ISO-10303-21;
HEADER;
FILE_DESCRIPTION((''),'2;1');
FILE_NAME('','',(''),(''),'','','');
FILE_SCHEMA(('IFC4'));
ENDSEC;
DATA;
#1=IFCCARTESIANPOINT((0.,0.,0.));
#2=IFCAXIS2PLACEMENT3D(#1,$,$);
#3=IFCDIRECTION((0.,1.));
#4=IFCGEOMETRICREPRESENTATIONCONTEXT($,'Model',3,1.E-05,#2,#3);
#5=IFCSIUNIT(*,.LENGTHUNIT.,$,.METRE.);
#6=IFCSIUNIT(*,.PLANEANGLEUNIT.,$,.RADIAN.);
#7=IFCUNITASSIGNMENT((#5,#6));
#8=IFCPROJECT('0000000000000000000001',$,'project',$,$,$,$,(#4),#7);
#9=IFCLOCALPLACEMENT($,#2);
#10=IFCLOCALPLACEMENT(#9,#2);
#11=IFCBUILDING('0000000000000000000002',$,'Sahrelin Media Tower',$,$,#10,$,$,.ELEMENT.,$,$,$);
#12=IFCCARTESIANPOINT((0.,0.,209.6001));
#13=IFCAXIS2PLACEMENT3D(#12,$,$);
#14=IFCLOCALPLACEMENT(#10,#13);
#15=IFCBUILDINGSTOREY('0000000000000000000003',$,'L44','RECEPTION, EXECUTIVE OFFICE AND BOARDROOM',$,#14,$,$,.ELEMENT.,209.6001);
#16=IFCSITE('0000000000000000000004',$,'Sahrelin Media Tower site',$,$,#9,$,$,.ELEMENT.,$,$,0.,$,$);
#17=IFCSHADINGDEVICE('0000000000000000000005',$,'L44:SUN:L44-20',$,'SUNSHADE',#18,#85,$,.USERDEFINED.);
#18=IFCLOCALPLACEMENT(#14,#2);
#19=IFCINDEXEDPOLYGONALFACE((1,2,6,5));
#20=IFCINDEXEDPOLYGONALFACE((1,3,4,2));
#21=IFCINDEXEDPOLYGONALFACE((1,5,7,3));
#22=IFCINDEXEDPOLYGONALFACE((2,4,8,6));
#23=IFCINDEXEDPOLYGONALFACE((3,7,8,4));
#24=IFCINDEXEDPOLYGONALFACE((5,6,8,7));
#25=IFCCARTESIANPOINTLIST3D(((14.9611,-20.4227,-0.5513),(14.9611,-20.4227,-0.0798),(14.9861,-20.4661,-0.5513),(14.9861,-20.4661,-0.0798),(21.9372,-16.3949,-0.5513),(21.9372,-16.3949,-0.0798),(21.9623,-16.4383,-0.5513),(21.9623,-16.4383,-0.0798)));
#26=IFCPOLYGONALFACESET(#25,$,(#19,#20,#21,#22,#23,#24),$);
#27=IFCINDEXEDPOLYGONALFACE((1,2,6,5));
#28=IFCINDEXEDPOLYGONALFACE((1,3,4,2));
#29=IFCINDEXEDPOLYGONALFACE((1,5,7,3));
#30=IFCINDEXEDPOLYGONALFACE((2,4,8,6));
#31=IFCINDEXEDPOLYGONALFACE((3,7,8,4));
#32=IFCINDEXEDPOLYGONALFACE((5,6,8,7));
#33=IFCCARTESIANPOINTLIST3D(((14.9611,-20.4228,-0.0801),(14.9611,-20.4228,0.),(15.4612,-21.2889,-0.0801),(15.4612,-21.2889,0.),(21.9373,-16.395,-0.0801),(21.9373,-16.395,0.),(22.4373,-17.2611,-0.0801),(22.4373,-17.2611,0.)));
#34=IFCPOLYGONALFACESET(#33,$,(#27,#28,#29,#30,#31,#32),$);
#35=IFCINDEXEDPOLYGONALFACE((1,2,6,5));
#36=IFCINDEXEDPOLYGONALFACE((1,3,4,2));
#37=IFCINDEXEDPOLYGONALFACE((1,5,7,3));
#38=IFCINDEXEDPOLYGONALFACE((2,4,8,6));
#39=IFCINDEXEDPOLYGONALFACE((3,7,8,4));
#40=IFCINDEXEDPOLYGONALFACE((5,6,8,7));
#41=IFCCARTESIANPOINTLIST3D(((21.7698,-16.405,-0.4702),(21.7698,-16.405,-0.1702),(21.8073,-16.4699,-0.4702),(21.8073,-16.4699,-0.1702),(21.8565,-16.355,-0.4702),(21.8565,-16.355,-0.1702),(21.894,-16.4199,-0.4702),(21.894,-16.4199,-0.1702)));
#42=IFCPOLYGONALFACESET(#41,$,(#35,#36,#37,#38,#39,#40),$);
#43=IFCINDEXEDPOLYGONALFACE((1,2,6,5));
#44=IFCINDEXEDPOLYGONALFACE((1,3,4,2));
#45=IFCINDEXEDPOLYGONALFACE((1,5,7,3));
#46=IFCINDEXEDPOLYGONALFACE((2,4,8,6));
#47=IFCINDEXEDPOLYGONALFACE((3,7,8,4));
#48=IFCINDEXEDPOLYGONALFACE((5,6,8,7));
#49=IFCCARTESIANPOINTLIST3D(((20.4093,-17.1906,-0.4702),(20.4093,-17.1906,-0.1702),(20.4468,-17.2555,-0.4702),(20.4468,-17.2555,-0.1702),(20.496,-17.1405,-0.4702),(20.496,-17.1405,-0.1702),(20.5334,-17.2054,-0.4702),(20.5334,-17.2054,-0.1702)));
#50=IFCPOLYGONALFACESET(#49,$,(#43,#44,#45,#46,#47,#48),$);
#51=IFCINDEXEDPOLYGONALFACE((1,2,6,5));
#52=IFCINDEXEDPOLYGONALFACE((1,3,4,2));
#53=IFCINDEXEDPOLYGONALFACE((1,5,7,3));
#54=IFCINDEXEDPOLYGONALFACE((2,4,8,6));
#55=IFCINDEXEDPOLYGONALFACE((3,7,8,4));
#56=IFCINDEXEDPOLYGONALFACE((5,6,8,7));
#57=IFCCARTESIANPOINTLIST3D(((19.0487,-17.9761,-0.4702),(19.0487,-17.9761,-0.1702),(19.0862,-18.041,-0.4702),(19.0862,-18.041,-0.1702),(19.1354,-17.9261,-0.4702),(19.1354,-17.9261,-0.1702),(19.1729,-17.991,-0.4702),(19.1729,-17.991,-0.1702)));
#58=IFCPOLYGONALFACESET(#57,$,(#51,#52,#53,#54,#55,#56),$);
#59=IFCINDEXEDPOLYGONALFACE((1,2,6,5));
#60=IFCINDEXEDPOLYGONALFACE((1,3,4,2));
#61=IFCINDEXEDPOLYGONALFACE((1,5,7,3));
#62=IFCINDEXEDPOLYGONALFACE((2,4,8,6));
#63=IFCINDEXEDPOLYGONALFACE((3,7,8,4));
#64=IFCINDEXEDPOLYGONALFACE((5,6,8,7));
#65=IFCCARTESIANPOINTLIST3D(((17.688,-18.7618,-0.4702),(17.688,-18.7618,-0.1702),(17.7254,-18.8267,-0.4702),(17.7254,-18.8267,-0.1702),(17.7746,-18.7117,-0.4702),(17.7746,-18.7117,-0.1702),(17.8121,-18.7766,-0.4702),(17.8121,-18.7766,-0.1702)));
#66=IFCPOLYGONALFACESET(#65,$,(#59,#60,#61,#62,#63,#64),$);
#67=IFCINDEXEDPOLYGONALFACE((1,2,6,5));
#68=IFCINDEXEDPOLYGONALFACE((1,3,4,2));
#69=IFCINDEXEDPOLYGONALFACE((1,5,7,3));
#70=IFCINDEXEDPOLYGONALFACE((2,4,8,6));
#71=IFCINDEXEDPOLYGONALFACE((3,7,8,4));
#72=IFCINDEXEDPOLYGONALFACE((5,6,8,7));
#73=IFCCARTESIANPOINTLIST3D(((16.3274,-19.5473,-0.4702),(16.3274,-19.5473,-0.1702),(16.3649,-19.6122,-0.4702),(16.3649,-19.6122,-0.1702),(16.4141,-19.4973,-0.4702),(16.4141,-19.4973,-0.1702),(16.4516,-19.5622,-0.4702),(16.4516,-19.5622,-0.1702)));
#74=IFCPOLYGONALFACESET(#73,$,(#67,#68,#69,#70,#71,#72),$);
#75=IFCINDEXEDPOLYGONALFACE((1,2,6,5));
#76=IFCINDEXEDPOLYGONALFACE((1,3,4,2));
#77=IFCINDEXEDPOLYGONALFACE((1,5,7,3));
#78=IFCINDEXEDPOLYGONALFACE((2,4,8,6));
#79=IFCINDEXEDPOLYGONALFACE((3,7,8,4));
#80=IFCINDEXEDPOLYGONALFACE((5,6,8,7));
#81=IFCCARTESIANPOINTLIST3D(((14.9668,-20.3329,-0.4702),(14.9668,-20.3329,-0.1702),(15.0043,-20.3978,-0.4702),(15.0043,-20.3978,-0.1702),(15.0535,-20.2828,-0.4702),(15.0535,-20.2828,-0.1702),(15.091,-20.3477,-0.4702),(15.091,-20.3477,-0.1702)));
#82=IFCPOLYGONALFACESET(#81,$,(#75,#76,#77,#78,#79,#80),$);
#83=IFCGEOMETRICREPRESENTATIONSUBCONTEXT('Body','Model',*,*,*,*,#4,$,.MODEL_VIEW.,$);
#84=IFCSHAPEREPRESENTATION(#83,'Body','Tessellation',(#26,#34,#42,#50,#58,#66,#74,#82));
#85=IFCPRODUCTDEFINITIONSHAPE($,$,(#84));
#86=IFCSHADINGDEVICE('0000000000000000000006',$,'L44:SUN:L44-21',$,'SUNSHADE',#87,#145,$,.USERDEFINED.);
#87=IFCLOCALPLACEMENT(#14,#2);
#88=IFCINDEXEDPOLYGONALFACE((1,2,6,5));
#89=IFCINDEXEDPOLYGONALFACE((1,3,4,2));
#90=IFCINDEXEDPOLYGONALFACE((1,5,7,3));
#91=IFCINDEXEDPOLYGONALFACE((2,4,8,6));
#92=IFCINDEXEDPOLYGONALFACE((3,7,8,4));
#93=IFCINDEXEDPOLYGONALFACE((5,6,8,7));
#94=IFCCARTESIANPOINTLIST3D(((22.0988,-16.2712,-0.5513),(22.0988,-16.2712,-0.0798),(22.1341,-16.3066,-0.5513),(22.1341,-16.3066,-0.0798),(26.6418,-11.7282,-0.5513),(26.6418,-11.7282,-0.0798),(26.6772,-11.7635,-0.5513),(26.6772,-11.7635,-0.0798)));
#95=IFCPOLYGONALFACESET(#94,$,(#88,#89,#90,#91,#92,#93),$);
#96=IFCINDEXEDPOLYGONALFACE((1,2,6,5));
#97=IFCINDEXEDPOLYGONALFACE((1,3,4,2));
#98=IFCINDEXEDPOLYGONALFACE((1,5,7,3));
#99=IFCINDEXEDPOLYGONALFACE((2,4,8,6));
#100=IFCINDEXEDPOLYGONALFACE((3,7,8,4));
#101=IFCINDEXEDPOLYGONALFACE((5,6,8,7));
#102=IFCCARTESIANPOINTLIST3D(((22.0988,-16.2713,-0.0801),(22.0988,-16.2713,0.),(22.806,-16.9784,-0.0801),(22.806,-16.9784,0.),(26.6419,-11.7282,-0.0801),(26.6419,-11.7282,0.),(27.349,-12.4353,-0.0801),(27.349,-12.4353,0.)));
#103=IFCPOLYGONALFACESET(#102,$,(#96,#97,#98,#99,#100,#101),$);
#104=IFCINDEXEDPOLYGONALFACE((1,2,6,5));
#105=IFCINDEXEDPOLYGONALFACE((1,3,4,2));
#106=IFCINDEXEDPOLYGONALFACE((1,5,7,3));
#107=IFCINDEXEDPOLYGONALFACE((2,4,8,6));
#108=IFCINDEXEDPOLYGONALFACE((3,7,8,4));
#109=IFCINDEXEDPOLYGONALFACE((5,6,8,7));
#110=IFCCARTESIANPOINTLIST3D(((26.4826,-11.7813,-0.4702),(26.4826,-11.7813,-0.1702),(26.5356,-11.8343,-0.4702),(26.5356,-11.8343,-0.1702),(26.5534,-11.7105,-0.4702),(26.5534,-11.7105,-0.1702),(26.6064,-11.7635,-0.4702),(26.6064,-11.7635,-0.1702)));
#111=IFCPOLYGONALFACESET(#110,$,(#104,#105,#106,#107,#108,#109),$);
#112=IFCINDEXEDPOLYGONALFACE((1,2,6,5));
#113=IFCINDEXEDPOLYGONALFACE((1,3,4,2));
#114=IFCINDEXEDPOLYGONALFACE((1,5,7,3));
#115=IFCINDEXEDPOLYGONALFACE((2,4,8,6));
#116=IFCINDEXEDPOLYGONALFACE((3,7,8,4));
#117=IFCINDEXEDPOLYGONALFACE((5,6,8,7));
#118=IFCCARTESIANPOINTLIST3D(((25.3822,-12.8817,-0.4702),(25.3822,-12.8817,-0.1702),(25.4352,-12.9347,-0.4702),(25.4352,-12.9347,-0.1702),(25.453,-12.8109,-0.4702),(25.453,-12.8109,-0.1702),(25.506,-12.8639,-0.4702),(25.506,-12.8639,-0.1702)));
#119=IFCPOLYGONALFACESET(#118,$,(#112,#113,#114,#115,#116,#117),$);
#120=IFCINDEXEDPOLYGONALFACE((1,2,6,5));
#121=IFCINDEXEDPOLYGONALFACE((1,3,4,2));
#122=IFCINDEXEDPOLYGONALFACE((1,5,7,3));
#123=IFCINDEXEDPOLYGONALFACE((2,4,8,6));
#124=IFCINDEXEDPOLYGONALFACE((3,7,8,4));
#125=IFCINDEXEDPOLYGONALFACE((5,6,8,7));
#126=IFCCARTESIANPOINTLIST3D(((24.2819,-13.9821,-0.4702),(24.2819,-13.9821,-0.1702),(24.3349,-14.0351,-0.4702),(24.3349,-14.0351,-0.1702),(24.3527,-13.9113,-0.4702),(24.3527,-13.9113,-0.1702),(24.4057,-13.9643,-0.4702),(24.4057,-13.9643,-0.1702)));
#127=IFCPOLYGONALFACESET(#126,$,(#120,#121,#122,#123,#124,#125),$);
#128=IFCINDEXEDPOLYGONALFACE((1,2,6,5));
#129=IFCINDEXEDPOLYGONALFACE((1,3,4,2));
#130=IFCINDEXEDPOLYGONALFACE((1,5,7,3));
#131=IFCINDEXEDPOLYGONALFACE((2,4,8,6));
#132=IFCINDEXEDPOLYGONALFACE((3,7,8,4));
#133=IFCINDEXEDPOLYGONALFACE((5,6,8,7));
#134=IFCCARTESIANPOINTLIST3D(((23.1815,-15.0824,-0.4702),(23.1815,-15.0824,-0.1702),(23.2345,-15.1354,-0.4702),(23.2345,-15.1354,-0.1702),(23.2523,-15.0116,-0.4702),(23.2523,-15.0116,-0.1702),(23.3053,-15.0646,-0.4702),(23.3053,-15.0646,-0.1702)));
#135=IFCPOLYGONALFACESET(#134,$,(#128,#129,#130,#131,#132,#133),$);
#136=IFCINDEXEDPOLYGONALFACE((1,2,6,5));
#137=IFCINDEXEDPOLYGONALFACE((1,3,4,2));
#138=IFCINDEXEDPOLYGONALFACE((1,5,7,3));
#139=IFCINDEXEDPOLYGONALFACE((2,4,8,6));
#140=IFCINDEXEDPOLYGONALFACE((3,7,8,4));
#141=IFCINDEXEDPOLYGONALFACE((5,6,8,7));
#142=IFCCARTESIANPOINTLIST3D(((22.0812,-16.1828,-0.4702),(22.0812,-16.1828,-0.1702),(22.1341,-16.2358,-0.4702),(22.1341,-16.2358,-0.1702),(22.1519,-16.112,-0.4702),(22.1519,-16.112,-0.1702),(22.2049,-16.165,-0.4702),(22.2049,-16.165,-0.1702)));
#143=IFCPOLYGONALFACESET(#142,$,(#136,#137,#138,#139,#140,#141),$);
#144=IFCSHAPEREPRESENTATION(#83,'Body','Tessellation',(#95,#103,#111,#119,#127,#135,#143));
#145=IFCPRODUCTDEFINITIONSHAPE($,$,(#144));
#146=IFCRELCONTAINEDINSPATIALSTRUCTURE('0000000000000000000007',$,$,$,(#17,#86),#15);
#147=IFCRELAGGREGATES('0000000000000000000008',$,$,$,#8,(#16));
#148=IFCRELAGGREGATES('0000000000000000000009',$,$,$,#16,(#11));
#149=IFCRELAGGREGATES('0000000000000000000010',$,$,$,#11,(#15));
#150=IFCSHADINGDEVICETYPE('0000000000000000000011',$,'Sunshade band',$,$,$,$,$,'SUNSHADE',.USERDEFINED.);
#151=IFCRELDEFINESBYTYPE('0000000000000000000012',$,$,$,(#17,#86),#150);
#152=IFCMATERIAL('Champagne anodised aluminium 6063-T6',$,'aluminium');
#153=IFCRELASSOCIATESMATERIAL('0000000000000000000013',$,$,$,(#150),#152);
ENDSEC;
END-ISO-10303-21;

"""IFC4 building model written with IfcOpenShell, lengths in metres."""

from ifc_helpers import new_model, si_unit, direction, frame, origin, origin_2d, place, context, subcontext, project, spatial, rectangle, extrude, material, type_object, element, save


model = new_model("IFC4")

# Units and contexts
model_context = context("Model", 3, precision=1e-05, world=origin(), true_north=direction((0.0, 1.0)))
body_context = subcontext(model_context, "Body", "Model", "MODEL_VIEW")
ifc_project = project(units=[si_unit("LENGTHUNIT", "METRE"), si_unit("PLANEANGLEUNIT", "RADIAN")], contexts=[model_context])

# Site, building, storey
site_placement = place(None, origin())
site = spatial("IfcSite", under=ifc_project, at=site_placement, Name="Sahrelin Media Tower site", CompositionType="ELEMENT", RefElevation=0.0)
building_placement = place(site_placement, origin())
building = spatial("IfcBuilding", under=site, at=building_placement, Name="Sahrelin Media Tower", CompositionType="ELEMENT")
storey_placement = place(building_placement, frame((0.0, 0.0, 209.6001)))
storey = spatial("IfcBuildingStorey", under=building, at=storey_placement, Name="L44", Description="RECEPTION, EXECUTIVE OFFICE AND BOARDROOM", CompositionType="ELEMENT", Elevation=209.6001)

# Shared definitions
ifc_material_1 = material(Name="Champagne anodised aluminium 6063-T6", Category="aluminium")

# Shading devices
placement_1 = place(storey_placement, frame((18.4392, -18.3916, 0.0), z_axis=(0.0, 0.0, 1.0), x_axis=(-0.866019, -0.500011, 0.0)))
placement_2 = place(storey_placement, frame((24.3562, -13.9856, 0.0), z_axis=(0.0, 0.0, 1.0), x_axis=(-0.707107, -0.707107, 0.0)))
shading_device_type_1 = type_object("IfcShadingDeviceType", Name="Sunshade band", ElementType="SUNSHADE", PredefinedType="USERDEFINED", material=ifc_material_1)
element("IfcShadingDevice", 1, at=placement_1, inside=storey, type_object=shading_device_type_1, Name="L44:SUN:L44-20", ObjectType="SUNSHADE", PredefinedType="USERDEFINED", context=body_context, shape_type="SweptSolid", body=[
    extrude(rectangle(XDim=8.0554, YDim=0.05, at=origin_2d()), frame((0.0, 0.0449, -0.5513)), (0.0, 0.0, 1.0), 0.4714),
    extrude(rectangle(XDim=8.0554, YDim=1.0, at=origin_2d()), frame((0.0, 0.52, -0.0801)), (0.0, 0.0, 1.0), 0.0801),
    extrude(rectangle(XDim=0.1001, YDim=0.075, at=origin_2d()), frame((-3.9277, -0.0176, -0.4702)), (0.0, 0.0, 1.0), 0.3),
    extrude(rectangle(XDim=0.1001, YDim=0.075, at=origin_2d()), frame((-2.3567, -0.0176, -0.4702)), (0.0, 0.0, 1.0), 0.3),
    extrude(rectangle(XDim=0.1001, YDim=0.075, at=origin_2d()), frame((-0.7856, -0.0176, -0.4702)), (0.0, 0.0, 1.0), 0.3),
    extrude(rectangle(XDim=0.1001, YDim=0.075, at=origin_2d()), frame((0.7856, -0.0176, -0.4702)), (0.0, 0.0, 1.0), 0.3),
    extrude(rectangle(XDim=0.1001, YDim=0.075, at=origin_2d()), frame((2.3567, -0.0176, -0.4702)), (0.0, 0.0, 1.0), 0.3),
    extrude(rectangle(XDim=0.1001, YDim=0.075, at=origin_2d()), frame((3.9277, -0.0176, -0.4702)), (0.0, 0.0, 1.0), 0.3),
])
element("IfcShadingDevice", 2, at=placement_2, inside=storey, type_object=shading_device_type_1, Name="L44:SUN:L44-21", ObjectType="SUNSHADE", PredefinedType="USERDEFINED", context=body_context, shape_type="SweptSolid", body=[
    extrude(rectangle(XDim=6.4248, YDim=0.05, at=origin_2d()), frame((0.0, 0.0449, -0.5513)), (0.0, 0.0, 1.0), 0.4714),
    extrude(rectangle(XDim=6.4248, YDim=1.0, at=origin_2d()), frame((0.0, 0.52, -0.0801)), (0.0, 0.0, 1.0), 0.0801),
    extrude(rectangle(XDim=0.1001, YDim=0.075, at=origin_2d()), frame((-3.1123, -0.0176, -0.4702)), (0.0, 0.0, 1.0), 0.3),
    extrude(rectangle(XDim=0.1001, YDim=0.075, at=origin_2d()), frame((-1.5562, -0.0176, -0.4702)), (0.0, 0.0, 1.0), 0.3),
    extrude(rectangle(XDim=0.1001, YDim=0.075, at=origin_2d()), frame((0.0, -0.0176, -0.4702)), (0.0, 0.0, 1.0), 0.3),
    extrude(rectangle(XDim=0.1001, YDim=0.075, at=origin_2d()), frame((1.5562, -0.0176, -0.4702)), (0.0, 0.0, 1.0), 0.3),
    extrude(rectangle(XDim=0.1001, YDim=0.075, at=origin_2d()), frame((3.1123, -0.0176, -0.4702)), (0.0, 0.0, 1.0), 0.3),
])

save(model, "model.ifc")
